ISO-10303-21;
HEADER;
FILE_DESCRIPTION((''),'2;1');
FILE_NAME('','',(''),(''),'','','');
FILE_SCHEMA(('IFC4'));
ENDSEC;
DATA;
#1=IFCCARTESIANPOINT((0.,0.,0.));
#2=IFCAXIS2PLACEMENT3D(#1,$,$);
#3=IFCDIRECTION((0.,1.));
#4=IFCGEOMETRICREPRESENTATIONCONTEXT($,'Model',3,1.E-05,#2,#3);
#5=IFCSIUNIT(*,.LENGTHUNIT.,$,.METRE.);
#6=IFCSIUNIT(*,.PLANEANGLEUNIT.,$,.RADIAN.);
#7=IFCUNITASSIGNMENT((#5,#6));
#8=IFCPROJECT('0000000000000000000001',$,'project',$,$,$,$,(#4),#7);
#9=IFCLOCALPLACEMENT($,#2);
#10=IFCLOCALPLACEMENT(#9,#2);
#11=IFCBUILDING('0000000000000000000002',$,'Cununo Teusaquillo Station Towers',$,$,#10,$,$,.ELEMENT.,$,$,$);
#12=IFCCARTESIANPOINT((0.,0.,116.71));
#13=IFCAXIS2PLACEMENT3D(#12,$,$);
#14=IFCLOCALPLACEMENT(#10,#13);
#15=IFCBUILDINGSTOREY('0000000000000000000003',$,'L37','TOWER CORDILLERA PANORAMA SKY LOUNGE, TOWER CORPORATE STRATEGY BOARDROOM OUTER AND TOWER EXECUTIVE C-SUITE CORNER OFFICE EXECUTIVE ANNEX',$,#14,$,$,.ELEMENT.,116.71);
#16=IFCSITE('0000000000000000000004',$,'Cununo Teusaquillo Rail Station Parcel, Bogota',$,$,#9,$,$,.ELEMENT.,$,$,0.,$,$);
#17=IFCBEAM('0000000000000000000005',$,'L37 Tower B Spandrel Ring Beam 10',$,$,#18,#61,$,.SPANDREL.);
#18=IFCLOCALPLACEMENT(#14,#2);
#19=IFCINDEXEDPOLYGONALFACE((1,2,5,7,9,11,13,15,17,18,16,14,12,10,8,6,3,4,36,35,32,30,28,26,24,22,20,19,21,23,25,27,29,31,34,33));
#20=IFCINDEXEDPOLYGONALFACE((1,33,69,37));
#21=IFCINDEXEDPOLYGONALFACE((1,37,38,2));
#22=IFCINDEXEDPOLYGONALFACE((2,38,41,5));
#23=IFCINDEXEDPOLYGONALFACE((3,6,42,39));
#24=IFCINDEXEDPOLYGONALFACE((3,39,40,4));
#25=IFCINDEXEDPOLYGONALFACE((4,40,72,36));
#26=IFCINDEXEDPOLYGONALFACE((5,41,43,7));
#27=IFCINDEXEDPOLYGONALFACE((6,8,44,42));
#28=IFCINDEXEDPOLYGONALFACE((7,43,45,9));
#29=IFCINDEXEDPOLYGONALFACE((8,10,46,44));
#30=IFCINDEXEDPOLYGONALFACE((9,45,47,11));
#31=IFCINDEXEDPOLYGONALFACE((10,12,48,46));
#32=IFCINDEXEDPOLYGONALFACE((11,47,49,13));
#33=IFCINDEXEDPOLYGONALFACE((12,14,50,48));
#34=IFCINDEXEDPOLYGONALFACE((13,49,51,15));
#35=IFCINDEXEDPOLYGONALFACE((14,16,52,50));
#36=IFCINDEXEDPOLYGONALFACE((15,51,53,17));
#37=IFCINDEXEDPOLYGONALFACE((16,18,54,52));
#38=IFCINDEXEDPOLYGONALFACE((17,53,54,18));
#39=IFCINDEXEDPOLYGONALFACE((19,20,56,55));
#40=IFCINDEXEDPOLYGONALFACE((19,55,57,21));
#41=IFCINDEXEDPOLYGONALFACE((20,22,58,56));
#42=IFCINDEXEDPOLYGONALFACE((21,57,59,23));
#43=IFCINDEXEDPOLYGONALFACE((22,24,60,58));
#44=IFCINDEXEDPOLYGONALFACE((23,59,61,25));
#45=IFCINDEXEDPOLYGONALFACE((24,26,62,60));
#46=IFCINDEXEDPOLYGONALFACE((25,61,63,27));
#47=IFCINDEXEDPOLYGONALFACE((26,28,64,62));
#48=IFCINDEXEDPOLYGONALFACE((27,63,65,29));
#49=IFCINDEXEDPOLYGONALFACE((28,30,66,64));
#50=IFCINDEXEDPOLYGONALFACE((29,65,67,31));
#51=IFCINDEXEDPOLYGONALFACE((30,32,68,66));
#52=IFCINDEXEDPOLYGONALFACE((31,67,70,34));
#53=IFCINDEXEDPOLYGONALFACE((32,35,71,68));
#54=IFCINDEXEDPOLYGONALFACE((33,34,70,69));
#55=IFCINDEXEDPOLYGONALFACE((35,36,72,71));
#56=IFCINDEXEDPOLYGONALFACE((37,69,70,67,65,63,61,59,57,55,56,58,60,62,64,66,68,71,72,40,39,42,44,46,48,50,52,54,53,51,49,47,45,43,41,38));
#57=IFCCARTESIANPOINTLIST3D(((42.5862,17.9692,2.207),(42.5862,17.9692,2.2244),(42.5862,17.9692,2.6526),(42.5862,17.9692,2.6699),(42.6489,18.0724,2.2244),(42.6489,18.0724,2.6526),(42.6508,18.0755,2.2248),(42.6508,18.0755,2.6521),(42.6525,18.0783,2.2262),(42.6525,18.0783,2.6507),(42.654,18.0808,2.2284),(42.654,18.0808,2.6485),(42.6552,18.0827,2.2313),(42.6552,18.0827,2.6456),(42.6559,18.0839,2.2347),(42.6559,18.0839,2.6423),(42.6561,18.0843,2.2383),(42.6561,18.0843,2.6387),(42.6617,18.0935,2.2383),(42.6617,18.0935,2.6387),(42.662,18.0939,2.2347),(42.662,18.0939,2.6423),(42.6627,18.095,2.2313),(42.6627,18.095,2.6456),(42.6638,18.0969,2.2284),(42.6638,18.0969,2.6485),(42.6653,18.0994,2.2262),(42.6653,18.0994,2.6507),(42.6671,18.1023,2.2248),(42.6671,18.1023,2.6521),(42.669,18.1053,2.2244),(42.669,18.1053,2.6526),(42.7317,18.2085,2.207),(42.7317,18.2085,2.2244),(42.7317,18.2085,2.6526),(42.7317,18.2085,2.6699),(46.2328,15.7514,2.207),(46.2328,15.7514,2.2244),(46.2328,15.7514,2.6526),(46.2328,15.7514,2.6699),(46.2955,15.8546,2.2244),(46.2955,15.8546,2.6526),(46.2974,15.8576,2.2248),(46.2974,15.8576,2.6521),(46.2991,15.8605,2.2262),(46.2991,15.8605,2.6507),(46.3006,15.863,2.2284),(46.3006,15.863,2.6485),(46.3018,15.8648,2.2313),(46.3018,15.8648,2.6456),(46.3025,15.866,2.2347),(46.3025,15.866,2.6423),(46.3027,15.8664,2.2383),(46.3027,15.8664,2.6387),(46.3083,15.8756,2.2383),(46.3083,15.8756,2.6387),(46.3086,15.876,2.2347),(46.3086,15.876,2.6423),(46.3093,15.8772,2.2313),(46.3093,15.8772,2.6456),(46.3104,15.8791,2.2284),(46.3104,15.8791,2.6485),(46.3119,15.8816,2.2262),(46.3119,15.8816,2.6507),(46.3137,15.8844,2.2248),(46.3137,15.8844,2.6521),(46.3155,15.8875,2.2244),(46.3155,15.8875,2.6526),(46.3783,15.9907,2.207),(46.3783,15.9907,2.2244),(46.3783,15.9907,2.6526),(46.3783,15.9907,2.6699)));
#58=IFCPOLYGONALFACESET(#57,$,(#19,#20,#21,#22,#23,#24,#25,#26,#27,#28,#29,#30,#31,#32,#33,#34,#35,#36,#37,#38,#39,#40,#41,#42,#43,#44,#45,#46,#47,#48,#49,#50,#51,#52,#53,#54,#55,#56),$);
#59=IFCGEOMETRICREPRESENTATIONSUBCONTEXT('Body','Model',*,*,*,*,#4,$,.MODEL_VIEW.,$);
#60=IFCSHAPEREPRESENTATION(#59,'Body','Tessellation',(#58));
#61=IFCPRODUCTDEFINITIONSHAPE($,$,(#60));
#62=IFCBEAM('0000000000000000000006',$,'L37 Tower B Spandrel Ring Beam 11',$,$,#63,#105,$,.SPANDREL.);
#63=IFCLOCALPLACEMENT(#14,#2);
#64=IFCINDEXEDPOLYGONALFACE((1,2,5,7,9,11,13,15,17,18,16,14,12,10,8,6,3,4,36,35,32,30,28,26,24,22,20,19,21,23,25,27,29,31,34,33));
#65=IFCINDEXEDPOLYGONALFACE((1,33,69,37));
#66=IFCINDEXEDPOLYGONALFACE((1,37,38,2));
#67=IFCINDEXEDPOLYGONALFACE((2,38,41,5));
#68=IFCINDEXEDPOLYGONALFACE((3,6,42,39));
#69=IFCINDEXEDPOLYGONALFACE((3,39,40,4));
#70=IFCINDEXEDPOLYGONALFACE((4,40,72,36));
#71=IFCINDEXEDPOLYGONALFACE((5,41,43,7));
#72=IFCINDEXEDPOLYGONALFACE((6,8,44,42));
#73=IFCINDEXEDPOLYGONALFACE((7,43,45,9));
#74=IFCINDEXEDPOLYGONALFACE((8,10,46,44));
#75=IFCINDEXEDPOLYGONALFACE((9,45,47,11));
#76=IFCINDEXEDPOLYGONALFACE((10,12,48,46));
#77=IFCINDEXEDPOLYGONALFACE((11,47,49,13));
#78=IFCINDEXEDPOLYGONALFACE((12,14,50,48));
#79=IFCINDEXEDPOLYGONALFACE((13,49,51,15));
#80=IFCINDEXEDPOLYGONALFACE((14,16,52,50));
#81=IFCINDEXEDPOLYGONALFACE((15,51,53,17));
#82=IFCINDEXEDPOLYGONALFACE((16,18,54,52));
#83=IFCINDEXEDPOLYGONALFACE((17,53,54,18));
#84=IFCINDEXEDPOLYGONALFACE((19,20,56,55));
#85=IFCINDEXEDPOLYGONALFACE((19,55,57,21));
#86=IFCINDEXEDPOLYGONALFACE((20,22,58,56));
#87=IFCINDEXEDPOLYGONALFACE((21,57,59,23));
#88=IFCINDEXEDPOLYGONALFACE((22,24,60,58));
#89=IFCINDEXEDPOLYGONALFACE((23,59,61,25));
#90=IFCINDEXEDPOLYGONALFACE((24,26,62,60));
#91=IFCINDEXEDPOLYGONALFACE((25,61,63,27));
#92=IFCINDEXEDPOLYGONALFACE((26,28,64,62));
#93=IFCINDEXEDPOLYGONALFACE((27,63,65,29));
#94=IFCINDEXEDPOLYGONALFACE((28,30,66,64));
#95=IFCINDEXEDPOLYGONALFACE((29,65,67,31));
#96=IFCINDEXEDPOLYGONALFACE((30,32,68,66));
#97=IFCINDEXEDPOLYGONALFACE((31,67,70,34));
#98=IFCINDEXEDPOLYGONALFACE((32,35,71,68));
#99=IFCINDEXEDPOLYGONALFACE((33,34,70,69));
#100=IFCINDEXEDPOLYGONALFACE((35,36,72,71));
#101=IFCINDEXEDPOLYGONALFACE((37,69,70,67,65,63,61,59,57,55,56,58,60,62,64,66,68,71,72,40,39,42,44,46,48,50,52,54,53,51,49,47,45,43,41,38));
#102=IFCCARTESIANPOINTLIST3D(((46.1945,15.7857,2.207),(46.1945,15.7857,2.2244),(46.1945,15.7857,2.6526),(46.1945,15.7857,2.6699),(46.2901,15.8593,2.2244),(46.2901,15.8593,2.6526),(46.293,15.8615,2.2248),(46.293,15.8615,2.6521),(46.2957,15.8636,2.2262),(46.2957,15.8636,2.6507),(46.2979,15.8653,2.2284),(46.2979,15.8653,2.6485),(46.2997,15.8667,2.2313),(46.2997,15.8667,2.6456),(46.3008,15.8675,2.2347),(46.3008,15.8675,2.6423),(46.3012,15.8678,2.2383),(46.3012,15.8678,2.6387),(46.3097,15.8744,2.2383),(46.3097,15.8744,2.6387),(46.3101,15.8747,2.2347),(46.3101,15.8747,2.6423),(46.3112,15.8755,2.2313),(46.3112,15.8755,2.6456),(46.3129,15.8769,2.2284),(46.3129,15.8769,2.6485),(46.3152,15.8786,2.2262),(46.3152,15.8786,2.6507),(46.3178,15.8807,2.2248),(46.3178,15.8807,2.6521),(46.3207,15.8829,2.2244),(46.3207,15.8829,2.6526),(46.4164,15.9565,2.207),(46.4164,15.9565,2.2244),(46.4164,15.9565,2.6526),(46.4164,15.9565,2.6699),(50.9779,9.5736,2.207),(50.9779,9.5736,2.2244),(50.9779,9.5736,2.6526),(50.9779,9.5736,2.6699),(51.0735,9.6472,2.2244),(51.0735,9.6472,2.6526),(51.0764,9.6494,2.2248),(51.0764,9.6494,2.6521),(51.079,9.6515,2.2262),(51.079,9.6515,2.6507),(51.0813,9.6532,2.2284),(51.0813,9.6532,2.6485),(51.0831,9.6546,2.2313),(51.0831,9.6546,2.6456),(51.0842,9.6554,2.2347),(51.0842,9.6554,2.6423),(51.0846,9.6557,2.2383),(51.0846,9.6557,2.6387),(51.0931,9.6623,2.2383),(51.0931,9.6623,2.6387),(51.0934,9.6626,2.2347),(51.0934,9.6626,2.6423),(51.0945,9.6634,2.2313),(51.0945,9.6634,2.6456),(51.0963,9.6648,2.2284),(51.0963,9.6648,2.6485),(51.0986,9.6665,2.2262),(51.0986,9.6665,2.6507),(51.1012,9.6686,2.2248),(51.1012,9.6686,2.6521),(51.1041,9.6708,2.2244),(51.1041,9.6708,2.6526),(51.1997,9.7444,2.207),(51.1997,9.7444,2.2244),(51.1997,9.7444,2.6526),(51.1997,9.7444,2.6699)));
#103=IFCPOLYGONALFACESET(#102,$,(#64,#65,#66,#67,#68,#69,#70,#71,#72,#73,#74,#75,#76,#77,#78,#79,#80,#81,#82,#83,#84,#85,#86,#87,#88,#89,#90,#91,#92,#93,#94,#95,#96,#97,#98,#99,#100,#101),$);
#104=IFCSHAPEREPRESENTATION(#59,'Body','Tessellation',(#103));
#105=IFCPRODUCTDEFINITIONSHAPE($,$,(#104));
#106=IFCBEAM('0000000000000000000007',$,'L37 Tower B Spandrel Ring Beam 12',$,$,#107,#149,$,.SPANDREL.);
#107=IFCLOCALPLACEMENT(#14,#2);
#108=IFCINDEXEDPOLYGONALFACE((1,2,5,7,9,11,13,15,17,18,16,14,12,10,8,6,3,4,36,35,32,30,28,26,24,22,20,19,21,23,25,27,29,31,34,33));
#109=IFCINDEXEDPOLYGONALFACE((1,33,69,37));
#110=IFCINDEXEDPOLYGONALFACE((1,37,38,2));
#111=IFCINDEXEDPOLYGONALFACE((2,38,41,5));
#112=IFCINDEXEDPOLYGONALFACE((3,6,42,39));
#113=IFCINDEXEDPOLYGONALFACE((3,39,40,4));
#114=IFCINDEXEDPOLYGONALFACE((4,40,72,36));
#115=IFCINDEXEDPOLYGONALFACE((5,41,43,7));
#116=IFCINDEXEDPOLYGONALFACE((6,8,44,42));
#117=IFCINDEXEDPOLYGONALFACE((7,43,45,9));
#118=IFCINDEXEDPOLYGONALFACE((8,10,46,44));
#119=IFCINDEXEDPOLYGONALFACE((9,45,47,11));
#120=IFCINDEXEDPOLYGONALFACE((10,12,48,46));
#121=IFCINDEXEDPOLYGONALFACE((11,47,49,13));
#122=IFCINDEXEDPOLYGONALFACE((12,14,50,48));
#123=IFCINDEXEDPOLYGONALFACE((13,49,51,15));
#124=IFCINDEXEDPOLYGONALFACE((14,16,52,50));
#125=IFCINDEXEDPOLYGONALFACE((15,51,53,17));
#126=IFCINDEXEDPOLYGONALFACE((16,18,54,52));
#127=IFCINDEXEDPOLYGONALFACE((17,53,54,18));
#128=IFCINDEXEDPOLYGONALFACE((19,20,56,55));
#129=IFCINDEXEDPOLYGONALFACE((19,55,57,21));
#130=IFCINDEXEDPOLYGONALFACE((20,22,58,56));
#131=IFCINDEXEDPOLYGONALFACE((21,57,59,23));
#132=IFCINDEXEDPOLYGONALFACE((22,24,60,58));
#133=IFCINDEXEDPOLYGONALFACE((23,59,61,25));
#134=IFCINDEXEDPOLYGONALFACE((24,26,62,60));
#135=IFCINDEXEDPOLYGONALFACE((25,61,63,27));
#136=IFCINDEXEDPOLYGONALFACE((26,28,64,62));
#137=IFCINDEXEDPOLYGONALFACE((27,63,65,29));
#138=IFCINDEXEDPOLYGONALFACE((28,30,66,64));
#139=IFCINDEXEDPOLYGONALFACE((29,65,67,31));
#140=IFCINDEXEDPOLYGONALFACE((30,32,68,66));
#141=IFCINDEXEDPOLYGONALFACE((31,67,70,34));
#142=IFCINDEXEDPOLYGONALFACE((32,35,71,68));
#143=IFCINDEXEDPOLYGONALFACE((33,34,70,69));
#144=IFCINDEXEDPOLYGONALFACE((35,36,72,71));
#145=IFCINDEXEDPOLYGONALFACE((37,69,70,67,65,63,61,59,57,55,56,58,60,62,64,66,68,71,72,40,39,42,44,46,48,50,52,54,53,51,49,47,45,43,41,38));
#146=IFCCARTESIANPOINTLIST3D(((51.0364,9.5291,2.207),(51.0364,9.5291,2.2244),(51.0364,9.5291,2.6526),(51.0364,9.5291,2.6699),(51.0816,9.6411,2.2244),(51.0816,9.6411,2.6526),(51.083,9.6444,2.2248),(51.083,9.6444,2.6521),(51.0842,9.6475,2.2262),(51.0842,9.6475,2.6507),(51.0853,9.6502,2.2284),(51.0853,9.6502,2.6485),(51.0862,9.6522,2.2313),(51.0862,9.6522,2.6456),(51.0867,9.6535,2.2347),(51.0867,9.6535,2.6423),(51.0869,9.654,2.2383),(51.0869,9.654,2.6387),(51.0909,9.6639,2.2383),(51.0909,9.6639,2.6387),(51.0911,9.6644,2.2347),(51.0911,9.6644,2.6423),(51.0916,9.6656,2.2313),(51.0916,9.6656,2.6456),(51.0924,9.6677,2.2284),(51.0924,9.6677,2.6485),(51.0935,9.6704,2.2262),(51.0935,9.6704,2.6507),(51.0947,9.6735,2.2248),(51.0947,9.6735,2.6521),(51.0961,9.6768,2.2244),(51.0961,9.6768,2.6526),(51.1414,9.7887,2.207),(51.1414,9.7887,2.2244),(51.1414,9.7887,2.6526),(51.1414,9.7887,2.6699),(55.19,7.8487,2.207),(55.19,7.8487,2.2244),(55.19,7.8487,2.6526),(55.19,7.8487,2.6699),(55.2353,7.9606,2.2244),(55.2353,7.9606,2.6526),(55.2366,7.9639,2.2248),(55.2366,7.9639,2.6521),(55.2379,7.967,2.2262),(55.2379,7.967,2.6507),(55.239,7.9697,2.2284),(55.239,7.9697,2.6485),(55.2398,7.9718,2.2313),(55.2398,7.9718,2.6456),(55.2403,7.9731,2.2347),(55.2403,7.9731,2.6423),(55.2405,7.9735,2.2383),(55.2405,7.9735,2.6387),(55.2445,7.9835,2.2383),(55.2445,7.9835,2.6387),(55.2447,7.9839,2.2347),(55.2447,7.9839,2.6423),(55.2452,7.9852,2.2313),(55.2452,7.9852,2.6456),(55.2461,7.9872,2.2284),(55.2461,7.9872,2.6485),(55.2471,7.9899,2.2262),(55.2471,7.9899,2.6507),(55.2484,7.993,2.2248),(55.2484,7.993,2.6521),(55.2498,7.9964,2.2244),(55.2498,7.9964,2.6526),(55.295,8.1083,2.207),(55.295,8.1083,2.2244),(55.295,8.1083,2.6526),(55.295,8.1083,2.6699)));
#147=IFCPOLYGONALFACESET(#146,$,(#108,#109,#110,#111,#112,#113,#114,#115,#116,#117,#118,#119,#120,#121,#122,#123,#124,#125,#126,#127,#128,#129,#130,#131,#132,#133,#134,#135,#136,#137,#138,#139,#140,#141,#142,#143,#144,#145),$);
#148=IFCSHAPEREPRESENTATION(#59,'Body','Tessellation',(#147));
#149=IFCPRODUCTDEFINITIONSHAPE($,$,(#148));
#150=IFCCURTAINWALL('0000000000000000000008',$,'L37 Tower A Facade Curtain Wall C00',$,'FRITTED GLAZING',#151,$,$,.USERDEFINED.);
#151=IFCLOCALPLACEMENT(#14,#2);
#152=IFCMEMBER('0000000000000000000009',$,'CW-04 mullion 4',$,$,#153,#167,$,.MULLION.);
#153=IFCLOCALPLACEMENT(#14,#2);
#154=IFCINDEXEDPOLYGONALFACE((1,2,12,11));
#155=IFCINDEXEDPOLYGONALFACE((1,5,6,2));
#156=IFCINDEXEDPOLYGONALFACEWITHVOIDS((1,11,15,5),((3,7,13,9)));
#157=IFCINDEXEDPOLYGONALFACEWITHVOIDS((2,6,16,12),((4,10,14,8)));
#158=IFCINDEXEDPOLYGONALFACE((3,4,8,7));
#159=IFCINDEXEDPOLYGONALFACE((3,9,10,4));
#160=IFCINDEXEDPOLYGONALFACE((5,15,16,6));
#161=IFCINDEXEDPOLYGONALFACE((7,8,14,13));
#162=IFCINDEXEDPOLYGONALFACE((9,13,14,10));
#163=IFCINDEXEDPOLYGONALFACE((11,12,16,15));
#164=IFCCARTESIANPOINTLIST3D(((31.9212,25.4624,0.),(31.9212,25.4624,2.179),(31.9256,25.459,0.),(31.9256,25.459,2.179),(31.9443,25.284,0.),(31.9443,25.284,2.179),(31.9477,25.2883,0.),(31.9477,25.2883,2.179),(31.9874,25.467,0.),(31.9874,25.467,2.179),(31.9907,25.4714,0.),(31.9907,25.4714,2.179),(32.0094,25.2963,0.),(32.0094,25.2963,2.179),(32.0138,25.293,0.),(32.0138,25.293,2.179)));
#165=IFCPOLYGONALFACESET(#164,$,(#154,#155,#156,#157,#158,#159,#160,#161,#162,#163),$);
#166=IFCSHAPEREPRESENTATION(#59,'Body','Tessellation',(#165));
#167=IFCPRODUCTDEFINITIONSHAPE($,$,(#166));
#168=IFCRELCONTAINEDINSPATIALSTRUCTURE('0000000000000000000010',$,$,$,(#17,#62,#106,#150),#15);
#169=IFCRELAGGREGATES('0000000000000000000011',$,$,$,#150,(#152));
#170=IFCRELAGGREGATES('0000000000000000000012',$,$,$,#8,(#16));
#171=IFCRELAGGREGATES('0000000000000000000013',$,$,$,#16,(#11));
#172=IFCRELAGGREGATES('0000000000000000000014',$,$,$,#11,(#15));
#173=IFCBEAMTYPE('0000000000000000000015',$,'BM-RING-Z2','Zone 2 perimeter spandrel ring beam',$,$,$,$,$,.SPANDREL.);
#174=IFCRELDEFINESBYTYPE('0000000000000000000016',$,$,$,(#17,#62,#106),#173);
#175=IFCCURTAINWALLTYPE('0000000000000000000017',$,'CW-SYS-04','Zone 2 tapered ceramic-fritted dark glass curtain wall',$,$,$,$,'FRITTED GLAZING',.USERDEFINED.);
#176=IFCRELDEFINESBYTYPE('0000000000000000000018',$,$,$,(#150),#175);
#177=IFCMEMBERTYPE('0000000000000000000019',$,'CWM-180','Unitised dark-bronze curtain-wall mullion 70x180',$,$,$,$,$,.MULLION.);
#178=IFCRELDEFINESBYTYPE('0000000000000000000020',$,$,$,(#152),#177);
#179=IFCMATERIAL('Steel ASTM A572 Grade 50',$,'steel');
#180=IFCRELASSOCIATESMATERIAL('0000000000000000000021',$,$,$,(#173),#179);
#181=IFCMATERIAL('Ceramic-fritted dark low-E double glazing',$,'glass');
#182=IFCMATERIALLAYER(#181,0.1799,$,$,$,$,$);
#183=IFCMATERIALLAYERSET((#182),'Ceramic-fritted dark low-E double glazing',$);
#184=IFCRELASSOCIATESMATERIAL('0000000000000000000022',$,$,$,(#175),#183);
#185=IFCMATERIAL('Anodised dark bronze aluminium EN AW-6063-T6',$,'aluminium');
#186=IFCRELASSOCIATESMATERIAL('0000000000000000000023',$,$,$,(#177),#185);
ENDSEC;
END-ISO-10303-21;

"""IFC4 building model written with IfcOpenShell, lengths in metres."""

from ifc_helpers import new_model, si_unit, direction, frame, origin, origin_2d, place, context, subcontext, project, spatial, hollow_rectangle, i_section, extrude, material, layer, layer_set, material_profile, profile_set, type_object, element, aggregate, save


model = new_model("IFC4")

# Units and contexts
model_context = context("Model", 3, precision=1e-05, world=origin(), true_north=direction((0.0, 1.0)))
body_context = subcontext(model_context, "Body", "Model", "MODEL_VIEW")
ifc_project = project(units=[si_unit("LENGTHUNIT", "METRE"), si_unit("PLANEANGLEUNIT", "RADIAN")], contexts=[model_context])

# Site, building, storey
site_placement = place(None, origin())
site = spatial("IfcSite", under=ifc_project, at=site_placement, Name="Cununo Teusaquillo Rail Station Parcel, Bogota", CompositionType="ELEMENT", RefElevation=0.0)
building_placement = place(site_placement, origin())
building = spatial("IfcBuilding", under=site, at=building_placement, Name="Cununo Teusaquillo Station Towers", CompositionType="ELEMENT")
storey_placement = place(building_placement, frame((0.0, 0.0, 116.71)))
storey = spatial("IfcBuildingStorey", under=building, at=storey_placement, Name="L37", Description="TOWER CORDILLERA PANORAMA SKY LOUNGE, TOWER CORPORATE STRATEGY BOARDROOM OUTER AND TOWER EXECUTIVE C-SUITE CORNER OFFICE EXECUTIVE ANNEX", CompositionType="ELEMENT", Elevation=116.71)

# Beams
ifc_material_1 = material(Name="Steel ASTM A572 Grade 50", Category="steel")
ifc_material_profile_1 = material_profile(ifc_material_1, i_section(OverallWidth=0.28, OverallDepth=0.4629, WebThickness=0.0107, FlangeThickness=0.0173, FilletRadius=0.0139, at=origin_2d()), Name="W18X76")
ifc_profile_set_1 = profile_set([ifc_material_profile_1], Name="Steel ASTM A572 Grade 50")
beam_type_1 = type_object("IfcBeamType", Name="BM-RING-Z2", Description="Zone 2 perimeter spandrel ring beam", PredefinedType="SPANDREL", material=ifc_profile_set_1)
beam_1_placement = place(storey_placement, frame((42.6589, 18.0889, 2.4385), z_axis=(0.854388, -0.519635, 0.0), x_axis=(0.519635, 0.854388, 0.0)))
element("IfcBeam", 1, at=beam_1_placement, inside=storey, type_object=beam_type_1, Name="L37 Tower B Spandrel Ring Beam 10", PredefinedType="SPANDREL", context=body_context, shape_type="SweptSolid", body=[
    extrude(i_section(OverallWidth=0.28, OverallDepth=0.4629, WebThickness=0.0107, FlangeThickness=0.0173, FilletRadius=0.0139, at=origin_2d()), origin(), (0.0, 0.0, 1.0), 4.2681),
])
beam_2_placement = place(storey_placement, frame((46.3054, 15.8711, 2.4385), z_axis=(0.6101, -0.792324, 0.0), x_axis=(0.792324, 0.6101, 0.0)))
element("IfcBeam", 2, at=beam_2_placement, inside=storey, type_object=beam_type_1, Name="L37 Tower B Spandrel Ring Beam 11", PredefinedType="SPANDREL", context=body_context, shape_type="SweptSolid", body=[
    extrude(i_section(OverallWidth=0.28, OverallDepth=0.4629, WebThickness=0.0107, FlangeThickness=0.0173, FilletRadius=0.0139, at=origin_2d()), origin(), (0.0, 0.0, 1.0), 7.8403),
])
beam_3_placement = place(storey_placement, frame((51.0889, 9.6589, 2.4385), z_axis=(0.927008, -0.375042, 0.0), x_axis=(0.375042, 0.927008, 0.0)))
element("IfcBeam", 3, at=beam_3_placement, inside=storey, type_object=beam_type_1, Name="L37 Tower B Spandrel Ring Beam 12", PredefinedType="SPANDREL", context=body_context, shape_type="SweptSolid", body=[
    extrude(i_section(OverallWidth=0.28, OverallDepth=0.4629, WebThickness=0.0107, FlangeThickness=0.0173, FilletRadius=0.0139, at=origin_2d()), origin(), (0.0, 0.0, 1.0), 4.4807),
])

# Curtain wall, member
ifc_material_2 = material(Name="Ceramic-fritted dark low-E double glazing", Category="glass")
ifc_layer_1 = layer(ifc_material_2, 0.1799)
ifc_layer_set_1 = layer_set([ifc_layer_1], Name="Ceramic-fritted dark low-E double glazing")
curtain_wall_type = type_object("IfcCurtainWallType", Name="CW-SYS-04", Description="Zone 2 tapered ceramic-fritted dark glass curtain wall", ElementType="FRITTED GLAZING", PredefinedType="USERDEFINED", material=ifc_layer_set_1)
curtain_wall_placement = place(storey_placement, origin())
curtain_wall = element("IfcCurtainWall", 4, at=curtain_wall_placement, inside=storey, type_object=curtain_wall_type, Name="L37 Tower A Facade Curtain Wall C00", ObjectType="FRITTED GLAZING", PredefinedType="USERDEFINED")
ifc_material_3 = material(Name="Anodised dark bronze aluminium EN AW-6063-T6", Category="aluminium")
ifc_material_profile_2 = material_profile(ifc_material_3, hollow_rectangle(XDim=0.0701, YDim=0.1799, WallThickness=0.0039, at=origin_2d()), Name="CW-MULL-70x180")
ifc_profile_set_2 = profile_set([ifc_material_profile_2], Name="Anodised dark bronze aluminium EN AW-6063-T6")
member_type_1 = type_object("IfcMemberType", Name="CWM-180", Description="Unitised dark-bronze curtain-wall mullion 70x180", PredefinedType="MULLION", material=ifc_profile_set_2)
member_1_placement = place(storey_placement, frame((31.9675, 25.3777, 0.0), z_axis=(0.0, 0.0, 1.0), x_axis=(0.991731, 0.128336, 0.0)))
member_1 = element("IfcMember", 5, at=member_1_placement, type_object=member_type_1, Name="CW-04 mullion 4", PredefinedType="MULLION", context=body_context, shape_type="SweptSolid", body=[
    extrude(hollow_rectangle(XDim=0.0701, YDim=0.1799, WallThickness=0.0039, at=origin_2d()), origin(), (0.0, 0.0, 1.0), 2.179),
])
aggregate(curtain_wall, [member_1])

save(model, "model.ifc")
